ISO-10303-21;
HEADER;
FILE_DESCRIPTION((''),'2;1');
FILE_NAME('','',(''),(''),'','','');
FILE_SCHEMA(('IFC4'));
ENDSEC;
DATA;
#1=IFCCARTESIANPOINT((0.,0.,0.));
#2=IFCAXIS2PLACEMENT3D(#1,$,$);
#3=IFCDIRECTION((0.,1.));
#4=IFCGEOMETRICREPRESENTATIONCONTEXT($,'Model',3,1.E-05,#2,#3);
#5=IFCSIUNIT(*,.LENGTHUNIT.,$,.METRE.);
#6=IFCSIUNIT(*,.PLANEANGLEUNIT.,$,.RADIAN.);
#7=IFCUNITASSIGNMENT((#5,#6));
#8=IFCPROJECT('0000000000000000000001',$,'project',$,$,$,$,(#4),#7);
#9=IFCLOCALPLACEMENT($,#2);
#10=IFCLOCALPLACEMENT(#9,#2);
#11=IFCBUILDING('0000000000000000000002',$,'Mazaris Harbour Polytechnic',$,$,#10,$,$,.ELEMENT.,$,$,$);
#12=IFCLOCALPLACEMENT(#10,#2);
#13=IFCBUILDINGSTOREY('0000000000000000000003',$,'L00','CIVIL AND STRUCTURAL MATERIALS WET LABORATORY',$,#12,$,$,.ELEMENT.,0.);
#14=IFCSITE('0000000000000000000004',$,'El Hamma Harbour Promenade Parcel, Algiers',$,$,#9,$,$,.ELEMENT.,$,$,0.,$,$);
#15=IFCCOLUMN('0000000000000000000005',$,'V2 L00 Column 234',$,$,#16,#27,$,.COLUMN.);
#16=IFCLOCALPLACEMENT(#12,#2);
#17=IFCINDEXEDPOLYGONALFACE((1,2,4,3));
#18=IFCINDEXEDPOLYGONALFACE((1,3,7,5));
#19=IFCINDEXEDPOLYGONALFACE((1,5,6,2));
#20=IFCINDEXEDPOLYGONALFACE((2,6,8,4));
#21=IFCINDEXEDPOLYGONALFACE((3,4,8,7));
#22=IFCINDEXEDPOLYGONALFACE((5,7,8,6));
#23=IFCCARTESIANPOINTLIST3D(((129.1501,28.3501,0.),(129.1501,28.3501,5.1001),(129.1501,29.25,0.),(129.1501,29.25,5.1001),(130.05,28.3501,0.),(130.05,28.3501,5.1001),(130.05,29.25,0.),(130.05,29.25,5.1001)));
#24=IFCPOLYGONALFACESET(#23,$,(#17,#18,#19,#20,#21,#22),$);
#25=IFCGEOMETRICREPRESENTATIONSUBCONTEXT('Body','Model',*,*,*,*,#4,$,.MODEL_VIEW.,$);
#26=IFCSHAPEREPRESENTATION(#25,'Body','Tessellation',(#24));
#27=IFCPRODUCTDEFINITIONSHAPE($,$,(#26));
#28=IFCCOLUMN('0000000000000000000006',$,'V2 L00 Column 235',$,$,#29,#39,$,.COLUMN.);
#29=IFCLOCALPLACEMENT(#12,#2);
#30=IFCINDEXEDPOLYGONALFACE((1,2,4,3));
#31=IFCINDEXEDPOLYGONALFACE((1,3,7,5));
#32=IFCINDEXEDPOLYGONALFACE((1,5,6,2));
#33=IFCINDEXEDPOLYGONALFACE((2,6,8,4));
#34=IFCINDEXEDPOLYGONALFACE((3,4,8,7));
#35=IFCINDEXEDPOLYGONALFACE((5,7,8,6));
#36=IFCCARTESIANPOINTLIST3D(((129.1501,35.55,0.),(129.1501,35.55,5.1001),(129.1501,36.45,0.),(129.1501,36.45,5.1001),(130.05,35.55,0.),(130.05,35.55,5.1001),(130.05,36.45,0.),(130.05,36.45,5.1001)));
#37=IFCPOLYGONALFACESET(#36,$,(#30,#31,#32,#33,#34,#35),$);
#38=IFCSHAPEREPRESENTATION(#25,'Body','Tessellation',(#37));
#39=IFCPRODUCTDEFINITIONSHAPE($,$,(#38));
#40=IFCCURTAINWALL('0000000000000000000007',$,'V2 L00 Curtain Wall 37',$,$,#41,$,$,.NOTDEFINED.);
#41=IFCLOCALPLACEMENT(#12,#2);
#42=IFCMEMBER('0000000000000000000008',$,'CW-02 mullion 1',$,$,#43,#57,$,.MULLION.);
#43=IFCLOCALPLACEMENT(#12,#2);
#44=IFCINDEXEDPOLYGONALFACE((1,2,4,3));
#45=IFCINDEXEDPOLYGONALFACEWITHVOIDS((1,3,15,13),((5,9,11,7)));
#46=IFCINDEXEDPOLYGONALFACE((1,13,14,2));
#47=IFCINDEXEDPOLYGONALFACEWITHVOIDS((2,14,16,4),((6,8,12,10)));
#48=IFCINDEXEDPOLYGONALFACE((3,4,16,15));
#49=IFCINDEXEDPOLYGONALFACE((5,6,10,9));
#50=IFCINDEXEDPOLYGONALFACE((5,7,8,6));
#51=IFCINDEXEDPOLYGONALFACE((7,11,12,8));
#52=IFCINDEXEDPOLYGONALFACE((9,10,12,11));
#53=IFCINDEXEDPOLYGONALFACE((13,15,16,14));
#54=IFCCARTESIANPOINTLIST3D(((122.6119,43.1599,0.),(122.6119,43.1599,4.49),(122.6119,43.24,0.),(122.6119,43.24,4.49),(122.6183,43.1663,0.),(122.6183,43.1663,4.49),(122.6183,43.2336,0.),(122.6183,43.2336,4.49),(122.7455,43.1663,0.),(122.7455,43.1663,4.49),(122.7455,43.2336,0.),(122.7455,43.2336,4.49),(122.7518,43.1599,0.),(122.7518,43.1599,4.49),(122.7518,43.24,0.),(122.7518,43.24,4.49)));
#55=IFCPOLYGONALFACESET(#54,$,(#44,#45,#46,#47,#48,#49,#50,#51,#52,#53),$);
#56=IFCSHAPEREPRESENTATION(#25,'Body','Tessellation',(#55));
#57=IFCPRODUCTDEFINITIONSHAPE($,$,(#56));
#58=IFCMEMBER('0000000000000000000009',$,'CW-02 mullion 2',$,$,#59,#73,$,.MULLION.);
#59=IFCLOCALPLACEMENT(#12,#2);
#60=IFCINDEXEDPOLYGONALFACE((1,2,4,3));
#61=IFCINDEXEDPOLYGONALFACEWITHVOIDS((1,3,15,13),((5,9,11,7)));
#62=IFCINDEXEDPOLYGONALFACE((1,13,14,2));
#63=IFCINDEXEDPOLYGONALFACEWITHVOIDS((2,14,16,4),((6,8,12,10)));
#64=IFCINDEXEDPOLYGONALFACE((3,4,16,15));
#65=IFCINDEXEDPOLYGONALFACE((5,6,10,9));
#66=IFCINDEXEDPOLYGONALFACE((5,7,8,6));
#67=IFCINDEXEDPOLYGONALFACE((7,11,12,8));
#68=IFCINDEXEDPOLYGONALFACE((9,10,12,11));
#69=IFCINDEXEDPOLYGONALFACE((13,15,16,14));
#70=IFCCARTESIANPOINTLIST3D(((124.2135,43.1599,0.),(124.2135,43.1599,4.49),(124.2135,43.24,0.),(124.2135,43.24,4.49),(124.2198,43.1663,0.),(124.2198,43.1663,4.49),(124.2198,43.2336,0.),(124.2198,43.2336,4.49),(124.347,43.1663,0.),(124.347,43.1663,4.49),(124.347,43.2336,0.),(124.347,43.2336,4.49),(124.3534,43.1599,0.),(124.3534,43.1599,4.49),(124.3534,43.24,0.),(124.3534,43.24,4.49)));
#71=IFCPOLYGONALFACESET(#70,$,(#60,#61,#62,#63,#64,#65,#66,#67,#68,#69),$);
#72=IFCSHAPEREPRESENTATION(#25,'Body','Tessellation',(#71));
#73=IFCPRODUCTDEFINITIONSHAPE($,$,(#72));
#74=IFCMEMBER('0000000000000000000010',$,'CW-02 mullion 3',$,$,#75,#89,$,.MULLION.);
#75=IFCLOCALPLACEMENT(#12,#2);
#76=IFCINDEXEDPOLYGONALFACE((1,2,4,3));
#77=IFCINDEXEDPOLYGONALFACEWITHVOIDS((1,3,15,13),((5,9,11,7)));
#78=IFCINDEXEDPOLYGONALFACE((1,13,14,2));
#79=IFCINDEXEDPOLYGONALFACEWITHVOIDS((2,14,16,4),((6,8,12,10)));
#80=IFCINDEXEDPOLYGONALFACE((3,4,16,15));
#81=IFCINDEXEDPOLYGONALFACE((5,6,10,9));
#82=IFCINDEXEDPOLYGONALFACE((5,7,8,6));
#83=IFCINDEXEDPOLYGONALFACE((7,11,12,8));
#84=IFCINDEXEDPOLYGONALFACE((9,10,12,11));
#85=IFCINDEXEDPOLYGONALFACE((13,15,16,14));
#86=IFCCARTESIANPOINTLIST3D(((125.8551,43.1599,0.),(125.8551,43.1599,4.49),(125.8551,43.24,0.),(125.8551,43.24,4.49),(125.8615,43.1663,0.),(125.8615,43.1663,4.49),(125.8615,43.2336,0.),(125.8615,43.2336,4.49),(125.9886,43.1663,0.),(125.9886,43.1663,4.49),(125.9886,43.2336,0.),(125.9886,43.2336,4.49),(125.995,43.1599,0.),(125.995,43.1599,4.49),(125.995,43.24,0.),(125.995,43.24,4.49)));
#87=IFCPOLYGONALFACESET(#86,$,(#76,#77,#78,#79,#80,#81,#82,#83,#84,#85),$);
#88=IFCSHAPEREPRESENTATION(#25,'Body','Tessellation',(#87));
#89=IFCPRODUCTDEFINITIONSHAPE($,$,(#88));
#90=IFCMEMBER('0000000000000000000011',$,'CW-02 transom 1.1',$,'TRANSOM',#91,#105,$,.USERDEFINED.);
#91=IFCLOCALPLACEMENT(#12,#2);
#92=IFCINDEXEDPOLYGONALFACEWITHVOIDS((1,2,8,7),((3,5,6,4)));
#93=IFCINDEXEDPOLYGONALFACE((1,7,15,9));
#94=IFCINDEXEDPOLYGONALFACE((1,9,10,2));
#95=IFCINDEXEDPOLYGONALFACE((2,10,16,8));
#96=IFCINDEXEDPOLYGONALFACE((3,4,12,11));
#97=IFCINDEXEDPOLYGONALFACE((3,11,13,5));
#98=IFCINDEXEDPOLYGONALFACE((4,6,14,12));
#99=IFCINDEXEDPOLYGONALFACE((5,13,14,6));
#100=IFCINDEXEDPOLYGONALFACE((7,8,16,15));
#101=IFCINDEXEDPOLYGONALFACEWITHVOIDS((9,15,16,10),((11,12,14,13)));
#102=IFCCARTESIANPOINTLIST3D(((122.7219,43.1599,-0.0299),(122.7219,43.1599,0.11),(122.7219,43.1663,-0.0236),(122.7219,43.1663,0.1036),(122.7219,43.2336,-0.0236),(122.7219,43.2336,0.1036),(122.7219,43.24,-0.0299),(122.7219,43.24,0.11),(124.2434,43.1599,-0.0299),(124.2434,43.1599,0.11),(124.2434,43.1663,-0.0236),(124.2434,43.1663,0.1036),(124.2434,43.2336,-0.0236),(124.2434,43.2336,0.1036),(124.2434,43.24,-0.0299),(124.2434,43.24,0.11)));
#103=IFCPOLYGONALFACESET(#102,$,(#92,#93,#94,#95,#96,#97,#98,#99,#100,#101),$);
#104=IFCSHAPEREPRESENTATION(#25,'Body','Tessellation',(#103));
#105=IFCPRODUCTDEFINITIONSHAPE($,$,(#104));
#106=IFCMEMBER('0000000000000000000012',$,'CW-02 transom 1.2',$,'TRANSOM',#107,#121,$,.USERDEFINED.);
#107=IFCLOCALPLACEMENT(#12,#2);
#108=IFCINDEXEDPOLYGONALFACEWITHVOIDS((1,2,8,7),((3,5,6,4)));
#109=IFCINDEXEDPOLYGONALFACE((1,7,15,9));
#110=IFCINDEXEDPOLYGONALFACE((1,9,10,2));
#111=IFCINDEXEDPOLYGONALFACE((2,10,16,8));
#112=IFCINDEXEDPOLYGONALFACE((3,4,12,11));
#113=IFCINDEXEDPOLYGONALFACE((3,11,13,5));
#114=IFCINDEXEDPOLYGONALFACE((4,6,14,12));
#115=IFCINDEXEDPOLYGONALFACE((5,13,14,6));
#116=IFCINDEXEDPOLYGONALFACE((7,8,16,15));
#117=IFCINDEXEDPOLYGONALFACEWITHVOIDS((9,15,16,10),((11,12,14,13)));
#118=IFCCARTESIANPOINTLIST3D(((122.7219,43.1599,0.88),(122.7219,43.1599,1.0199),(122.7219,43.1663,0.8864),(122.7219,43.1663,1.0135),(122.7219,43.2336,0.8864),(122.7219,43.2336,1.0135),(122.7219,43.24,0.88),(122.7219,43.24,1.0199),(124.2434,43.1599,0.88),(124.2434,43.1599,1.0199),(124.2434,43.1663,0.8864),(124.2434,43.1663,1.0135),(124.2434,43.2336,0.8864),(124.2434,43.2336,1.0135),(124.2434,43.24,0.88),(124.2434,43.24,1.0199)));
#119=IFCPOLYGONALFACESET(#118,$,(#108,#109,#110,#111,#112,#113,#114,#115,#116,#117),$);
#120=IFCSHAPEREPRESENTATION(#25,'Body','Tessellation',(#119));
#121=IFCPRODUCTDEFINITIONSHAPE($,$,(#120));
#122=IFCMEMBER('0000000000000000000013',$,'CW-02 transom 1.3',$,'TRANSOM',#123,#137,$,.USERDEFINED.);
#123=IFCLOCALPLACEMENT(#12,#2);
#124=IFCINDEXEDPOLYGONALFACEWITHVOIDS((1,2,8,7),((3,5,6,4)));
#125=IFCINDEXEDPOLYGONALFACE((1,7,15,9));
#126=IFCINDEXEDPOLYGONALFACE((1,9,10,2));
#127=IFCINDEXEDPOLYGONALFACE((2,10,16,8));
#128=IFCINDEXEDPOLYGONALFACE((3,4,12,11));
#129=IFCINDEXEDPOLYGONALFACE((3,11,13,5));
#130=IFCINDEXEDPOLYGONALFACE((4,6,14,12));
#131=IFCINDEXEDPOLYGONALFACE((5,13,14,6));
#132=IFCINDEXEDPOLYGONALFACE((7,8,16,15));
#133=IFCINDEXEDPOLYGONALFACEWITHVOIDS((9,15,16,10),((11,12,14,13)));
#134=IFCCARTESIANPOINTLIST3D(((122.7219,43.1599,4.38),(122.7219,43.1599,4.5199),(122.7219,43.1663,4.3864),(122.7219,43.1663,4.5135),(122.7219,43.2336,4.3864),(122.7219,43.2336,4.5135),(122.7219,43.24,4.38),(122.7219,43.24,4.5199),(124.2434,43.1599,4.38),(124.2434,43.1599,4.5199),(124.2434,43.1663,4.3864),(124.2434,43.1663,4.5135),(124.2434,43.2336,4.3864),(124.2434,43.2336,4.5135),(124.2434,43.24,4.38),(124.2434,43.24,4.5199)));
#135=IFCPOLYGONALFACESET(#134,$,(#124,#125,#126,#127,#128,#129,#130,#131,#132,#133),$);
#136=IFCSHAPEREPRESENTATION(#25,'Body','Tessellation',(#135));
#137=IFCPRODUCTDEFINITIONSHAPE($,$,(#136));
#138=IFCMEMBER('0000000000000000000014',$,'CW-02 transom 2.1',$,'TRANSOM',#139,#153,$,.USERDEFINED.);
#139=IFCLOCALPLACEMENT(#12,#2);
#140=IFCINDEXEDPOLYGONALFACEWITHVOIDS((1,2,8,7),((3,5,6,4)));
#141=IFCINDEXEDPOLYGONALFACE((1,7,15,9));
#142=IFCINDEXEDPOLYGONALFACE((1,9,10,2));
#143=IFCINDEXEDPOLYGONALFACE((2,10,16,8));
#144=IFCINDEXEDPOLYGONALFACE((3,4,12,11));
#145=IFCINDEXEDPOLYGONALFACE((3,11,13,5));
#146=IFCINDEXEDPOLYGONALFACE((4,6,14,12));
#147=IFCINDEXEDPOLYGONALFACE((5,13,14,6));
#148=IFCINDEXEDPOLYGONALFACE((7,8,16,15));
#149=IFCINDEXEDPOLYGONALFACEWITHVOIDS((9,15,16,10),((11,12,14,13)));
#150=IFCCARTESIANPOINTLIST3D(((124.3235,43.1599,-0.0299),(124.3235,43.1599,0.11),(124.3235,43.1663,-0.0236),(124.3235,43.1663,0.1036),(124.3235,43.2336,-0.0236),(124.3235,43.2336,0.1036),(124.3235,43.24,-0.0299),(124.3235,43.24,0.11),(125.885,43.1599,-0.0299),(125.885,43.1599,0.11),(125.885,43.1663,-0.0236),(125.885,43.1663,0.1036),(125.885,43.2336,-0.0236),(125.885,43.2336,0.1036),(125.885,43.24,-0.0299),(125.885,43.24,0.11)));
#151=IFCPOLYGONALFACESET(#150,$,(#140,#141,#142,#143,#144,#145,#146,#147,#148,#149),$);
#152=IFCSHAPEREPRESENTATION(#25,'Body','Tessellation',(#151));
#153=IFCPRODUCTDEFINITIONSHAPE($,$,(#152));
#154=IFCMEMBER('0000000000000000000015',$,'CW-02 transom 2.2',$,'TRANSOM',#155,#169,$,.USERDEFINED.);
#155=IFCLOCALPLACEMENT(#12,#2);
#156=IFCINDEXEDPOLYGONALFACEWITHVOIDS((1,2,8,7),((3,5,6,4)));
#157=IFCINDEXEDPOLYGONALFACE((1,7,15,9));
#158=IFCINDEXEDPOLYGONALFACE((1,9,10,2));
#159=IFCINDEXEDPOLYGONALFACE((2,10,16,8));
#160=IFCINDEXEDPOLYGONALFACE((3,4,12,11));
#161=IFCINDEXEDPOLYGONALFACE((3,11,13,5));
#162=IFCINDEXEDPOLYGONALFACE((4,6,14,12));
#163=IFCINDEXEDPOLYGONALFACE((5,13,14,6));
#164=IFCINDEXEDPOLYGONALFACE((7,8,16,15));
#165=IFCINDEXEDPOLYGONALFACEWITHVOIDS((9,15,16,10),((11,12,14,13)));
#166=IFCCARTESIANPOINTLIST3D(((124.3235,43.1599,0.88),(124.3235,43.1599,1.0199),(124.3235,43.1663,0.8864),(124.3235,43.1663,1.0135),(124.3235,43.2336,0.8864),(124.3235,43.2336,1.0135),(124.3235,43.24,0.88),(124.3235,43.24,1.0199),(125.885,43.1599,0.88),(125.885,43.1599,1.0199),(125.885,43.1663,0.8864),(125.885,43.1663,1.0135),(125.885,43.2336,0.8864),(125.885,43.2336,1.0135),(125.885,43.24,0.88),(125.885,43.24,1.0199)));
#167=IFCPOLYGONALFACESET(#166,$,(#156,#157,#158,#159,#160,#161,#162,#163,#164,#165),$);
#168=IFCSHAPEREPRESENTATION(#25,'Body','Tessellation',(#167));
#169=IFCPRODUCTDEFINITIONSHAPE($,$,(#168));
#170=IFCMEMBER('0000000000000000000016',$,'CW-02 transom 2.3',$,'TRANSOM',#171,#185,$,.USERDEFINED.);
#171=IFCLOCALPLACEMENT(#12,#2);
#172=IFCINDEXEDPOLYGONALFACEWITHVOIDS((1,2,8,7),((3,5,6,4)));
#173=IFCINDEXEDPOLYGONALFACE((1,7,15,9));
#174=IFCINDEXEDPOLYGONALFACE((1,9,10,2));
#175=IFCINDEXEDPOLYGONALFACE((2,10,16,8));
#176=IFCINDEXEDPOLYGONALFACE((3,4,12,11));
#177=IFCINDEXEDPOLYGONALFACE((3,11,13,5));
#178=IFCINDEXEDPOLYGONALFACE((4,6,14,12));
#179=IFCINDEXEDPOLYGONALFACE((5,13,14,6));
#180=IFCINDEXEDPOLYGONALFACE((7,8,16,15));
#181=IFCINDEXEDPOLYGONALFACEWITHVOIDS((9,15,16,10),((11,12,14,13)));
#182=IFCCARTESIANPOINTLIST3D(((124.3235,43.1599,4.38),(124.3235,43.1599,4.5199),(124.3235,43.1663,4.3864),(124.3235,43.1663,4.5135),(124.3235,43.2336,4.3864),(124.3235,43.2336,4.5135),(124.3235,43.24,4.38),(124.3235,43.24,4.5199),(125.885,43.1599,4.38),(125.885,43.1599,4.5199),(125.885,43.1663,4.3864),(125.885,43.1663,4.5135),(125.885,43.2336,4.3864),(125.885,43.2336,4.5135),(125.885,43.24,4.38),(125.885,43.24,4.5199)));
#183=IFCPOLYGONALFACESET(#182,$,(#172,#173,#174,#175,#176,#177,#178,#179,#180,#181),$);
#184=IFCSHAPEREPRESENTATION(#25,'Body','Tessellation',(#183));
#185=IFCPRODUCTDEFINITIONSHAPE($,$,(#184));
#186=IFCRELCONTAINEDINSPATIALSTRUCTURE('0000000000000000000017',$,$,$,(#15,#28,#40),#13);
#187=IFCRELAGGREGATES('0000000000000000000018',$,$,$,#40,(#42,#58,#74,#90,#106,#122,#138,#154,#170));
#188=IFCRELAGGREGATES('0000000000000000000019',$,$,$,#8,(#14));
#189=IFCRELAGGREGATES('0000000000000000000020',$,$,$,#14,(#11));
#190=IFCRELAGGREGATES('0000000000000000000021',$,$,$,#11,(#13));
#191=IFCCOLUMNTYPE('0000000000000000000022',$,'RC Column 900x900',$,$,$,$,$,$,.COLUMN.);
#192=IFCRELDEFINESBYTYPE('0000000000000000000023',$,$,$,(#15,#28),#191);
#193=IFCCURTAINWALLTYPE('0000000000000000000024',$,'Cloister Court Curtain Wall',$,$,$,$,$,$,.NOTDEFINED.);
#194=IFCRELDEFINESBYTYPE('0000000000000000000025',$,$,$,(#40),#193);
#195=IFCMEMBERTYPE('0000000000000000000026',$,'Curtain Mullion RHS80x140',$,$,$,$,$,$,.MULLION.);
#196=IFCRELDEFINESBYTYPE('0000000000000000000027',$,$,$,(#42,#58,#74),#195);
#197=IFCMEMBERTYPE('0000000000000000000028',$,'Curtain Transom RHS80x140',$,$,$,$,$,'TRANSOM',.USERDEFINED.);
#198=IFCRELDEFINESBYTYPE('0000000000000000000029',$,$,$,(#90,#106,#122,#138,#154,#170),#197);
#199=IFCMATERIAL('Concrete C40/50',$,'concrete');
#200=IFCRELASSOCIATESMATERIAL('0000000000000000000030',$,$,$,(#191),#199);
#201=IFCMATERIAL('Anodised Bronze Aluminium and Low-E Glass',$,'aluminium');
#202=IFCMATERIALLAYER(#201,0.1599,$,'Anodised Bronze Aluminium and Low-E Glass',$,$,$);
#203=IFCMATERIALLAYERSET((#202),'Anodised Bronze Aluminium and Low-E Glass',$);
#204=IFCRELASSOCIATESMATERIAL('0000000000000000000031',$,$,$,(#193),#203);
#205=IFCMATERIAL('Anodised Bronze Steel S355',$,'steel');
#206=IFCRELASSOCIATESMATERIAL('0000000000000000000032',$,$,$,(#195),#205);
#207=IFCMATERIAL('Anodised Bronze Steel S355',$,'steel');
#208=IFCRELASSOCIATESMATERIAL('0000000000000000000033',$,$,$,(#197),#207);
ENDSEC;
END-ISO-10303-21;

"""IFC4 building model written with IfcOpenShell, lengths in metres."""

from ifc_helpers import new_model, si_unit, direction, frame, origin, origin_2d, place, context, subcontext, project, spatial, rectangle, hollow_rectangle, extrude, material, layer, layer_set, material_profile, profile_set, type_object, element, aggregate, save


model = new_model("IFC4")

# Units and contexts
model_context = context("Model", 3, precision=1e-05, world=origin(), true_north=direction((0.0, 1.0)))
body_context = subcontext(model_context, "Body", "Model", "MODEL_VIEW")
ifc_project = project(units=[si_unit("LENGTHUNIT", "METRE"), si_unit("PLANEANGLEUNIT", "RADIAN")], contexts=[model_context])

# Site, building, storey
site_placement = place(None, origin())
site = spatial("IfcSite", under=ifc_project, at=site_placement, Name="El Hamma Harbour Promenade Parcel, Algiers", CompositionType="ELEMENT", RefElevation=0.0)
building_placement = place(site_placement, origin())
building = spatial("IfcBuilding", under=site, at=building_placement, Name="Mazaris Harbour Polytechnic", CompositionType="ELEMENT")
storey_placement = place(building_placement, origin())
storey = spatial("IfcBuildingStorey", under=building, at=storey_placement, Name="L00", Description="CIVIL AND STRUCTURAL MATERIALS WET LABORATORY", CompositionType="ELEMENT", Elevation=0.0)

# Columns
ifc_material_1 = material(Name="Concrete C40/50", Category="concrete")
ifc_material_profile_1 = material_profile(ifc_material_1, rectangle(XDim=0.8999, YDim=0.8999, at=origin_2d()), Name="RECT900x900")
ifc_profile_set_1 = profile_set([ifc_material_profile_1], Name="Concrete C40/50")
column_type = type_object("IfcColumnType", Name="RC Column 900x900", PredefinedType="COLUMN", material=ifc_profile_set_1)
for number, where, z_axis, x_axis, name in (
    (1, (129.6001, 28.8, 0.0), (0.0, 0.0, 1.0), (1.0, 0.0, 0.0), "V2 L00 Column 234"),
    (2, (129.6001, 36.0, 0.0), (0.0, 0.0, 1.0), (1.0, 0.0, 0.0), "V2 L00 Column 235"),
):
    element("IfcColumn", number, at=place(storey_placement, frame(where, z_axis=z_axis, x_axis=x_axis)), inside=storey, type_object=column_type, Name=name, PredefinedType="COLUMN", context=body_context, shape_type="SweptSolid", body=[
        extrude(rectangle(XDim=0.8999, YDim=0.8999, at=origin_2d()), origin(), (0.0, 0.0, 1.0), 5.1001),
    ])

# Curtain wall, members
ifc_material_2 = material(Name="Anodised Bronze Aluminium and Low-E Glass", Category="aluminium")
ifc_layer_1 = layer(ifc_material_2, 0.1599, Name="Anodised Bronze Aluminium and Low-E Glass")
ifc_layer_set_1 = layer_set([ifc_layer_1], Name="Anodised Bronze Aluminium and Low-E Glass")
curtain_wall_type = type_object("IfcCurtainWallType", Name="Cloister Court Curtain Wall", PredefinedType="NOTDEFINED", material=ifc_layer_set_1)
curtain_wall_placement = place(storey_placement, origin())
curtain_wall = element("IfcCurtainWall", 3, at=curtain_wall_placement, inside=storey, type_object=curtain_wall_type, Name="V2 L00 Curtain Wall 37", PredefinedType="NOTDEFINED")
ifc_material_3 = material(Name="Anodised Bronze Steel S355", Category="steel")
ifc_material_profile_2 = material_profile(ifc_material_3, hollow_rectangle(XDim=0.0801, YDim=0.1399, WallThickness=0.0063, at=origin_2d()), Name="RHS 80x140x6.3")
ifc_profile_set_2 = profile_set([ifc_material_profile_2], Name="Anodised Bronze Steel S355")
member_type_1 = type_object("IfcMemberType", Name="Curtain Mullion RHS80x140", PredefinedType="MULLION", material=ifc_profile_set_2)
member_1_placement = place(storey_placement, frame((122.6819, 43.2, 0.0), z_axis=(0.0, 0.0, 1.0), x_axis=(0.0, 1.0, 0.0)))
member_1 = element("IfcMember", 4, at=member_1_placement, type_object=member_type_1, Name="CW-02 mullion 1", PredefinedType="MULLION", context=body_context, shape_type="SweptSolid", body=[
    extrude(hollow_rectangle(XDim=0.0801, YDim=0.1399, WallThickness=0.0063, at=origin_2d()), origin(), (0.0, 0.0, 1.0), 4.49),
])
member_2_placement = place(storey_placement, frame((124.2834, 43.2, 0.0), z_axis=(0.0, 0.0, 1.0), x_axis=(0.0, 1.0, 0.0)))
member_2 = element("IfcMember", 5, at=member_2_placement, type_object=member_type_1, Name="CW-02 mullion 2", PredefinedType="MULLION", context=body_context, shape_type="SweptSolid", body=[
    extrude(hollow_rectangle(XDim=0.0801, YDim=0.1399, WallThickness=0.0063, at=origin_2d()), origin(), (0.0, 0.0, 1.0), 4.49),
])
member_3_placement = place(storey_placement, frame((125.925, 43.2, 0.0), z_axis=(0.0, 0.0, 1.0), x_axis=(0.0, 1.0, 0.0)))
member_3 = element("IfcMember", 6, at=member_3_placement, type_object=member_type_1, Name="CW-02 mullion 3", PredefinedType="MULLION", context=body_context, shape_type="SweptSolid", body=[
    extrude(hollow_rectangle(XDim=0.0801, YDim=0.1399, WallThickness=0.0063, at=origin_2d()), origin(), (0.0, 0.0, 1.0), 4.49),
])
ifc_material_4 = material(Name="Anodised Bronze Steel S355", Category="steel")
ifc_material_profile_3 = material_profile(ifc_material_4, hollow_rectangle(XDim=0.0801, YDim=0.1399, WallThickness=0.0063, at=origin_2d()), Name="RHS 80x140x6.3")
ifc_profile_set_3 = profile_set([ifc_material_profile_3], Name="Anodised Bronze Steel S355")
member_type_2 = type_object("IfcMemberType", Name="Curtain Transom RHS80x140", ElementType="TRANSOM", PredefinedType="USERDEFINED", material=ifc_profile_set_3)
member_4_placement = place(storey_placement, frame((122.7219, 43.2, 0.04), z_axis=(1.0, 0.0, 0.0), x_axis=(0.0, 1.0, 0.0)))
member_4 = element("IfcMember", 7, at=member_4_placement, type_object=member_type_2, Name="CW-02 transom 1.1", ObjectType="TRANSOM", PredefinedType="USERDEFINED", context=body_context, shape_type="SweptSolid", body=[
    extrude(hollow_rectangle(XDim=0.0801, YDim=0.1399, WallThickness=0.0063, at=origin_2d()), origin(), (0.0, 0.0, 1.0), 1.5215),
])
member_5_placement = place(storey_placement, frame((122.7219, 43.2, 0.95), z_axis=(1.0, 0.0, 0.0), x_axis=(0.0, 1.0, 0.0)))
member_5 = element("IfcMember", 8, at=member_5_placement, type_object=member_type_2, Name="CW-02 transom 1.2", ObjectType="TRANSOM", PredefinedType="USERDEFINED", context=body_context, shape_type="SweptSolid", body=[
    extrude(hollow_rectangle(XDim=0.0801, YDim=0.1399, WallThickness=0.0063, at=origin_2d()), origin(), (0.0, 0.0, 1.0), 1.5215),
])
member_6_placement = place(storey_placement, frame((122.7219, 43.2, 4.45), z_axis=(1.0, 0.0, 0.0), x_axis=(0.0, 1.0, 0.0)))
member_6 = element("IfcMember", 9, at=member_6_placement, type_object=member_type_2, Name="CW-02 transom 1.3", ObjectType="TRANSOM", PredefinedType="USERDEFINED", context=body_context, shape_type="SweptSolid", body=[
    extrude(hollow_rectangle(XDim=0.0801, YDim=0.1399, WallThickness=0.0063, at=origin_2d()), origin(), (0.0, 0.0, 1.0), 1.5215),
])
member_7_placement = place(storey_placement, frame((124.3235, 43.2, 0.04), z_axis=(1.0, 0.0, 0.0), x_axis=(0.0, 1.0, 0.0)))
member_7 = element("IfcMember", 10, at=member_7_placement, type_object=member_type_2, Name="CW-02 transom 2.1", ObjectType="TRANSOM", PredefinedType="USERDEFINED", context=body_context, shape_type="SweptSolid", body=[
    extrude(hollow_rectangle(XDim=0.0801, YDim=0.1399, WallThickness=0.0063, at=origin_2d()), origin(), (0.0, 0.0, 1.0), 1.5615),
])
member_8_placement = place(storey_placement, frame((124.3235, 43.2, 0.95), z_axis=(1.0, 0.0, 0.0), x_axis=(0.0, 1.0, 0.0)))
member_8 = element("IfcMember", 11, at=member_8_placement, type_object=member_type_2, Name="CW-02 transom 2.2", ObjectType="TRANSOM", PredefinedType="USERDEFINED", context=body_context, shape_type="SweptSolid", body=[
    extrude(hollow_rectangle(XDim=0.0801, YDim=0.1399, WallThickness=0.0063, at=origin_2d()), origin(), (0.0, 0.0, 1.0), 1.5615),
])
member_9_placement = place(storey_placement, frame((124.3235, 43.2, 4.45), z_axis=(1.0, 0.0, 0.0), x_axis=(0.0, 1.0, 0.0)))
member_9 = element("IfcMember", 12, at=member_9_placement, type_object=member_type_2, Name="CW-02 transom 2.3", ObjectType="TRANSOM", PredefinedType="USERDEFINED", context=body_context, shape_type="SweptSolid", body=[
    extrude(hollow_rectangle(XDim=0.0801, YDim=0.1399, WallThickness=0.0063, at=origin_2d()), origin(), (0.0, 0.0, 1.0), 1.5615),
])

aggregate(curtain_wall, [member_1, member_2, member_3, member_4, member_5, member_6, member_7, member_8, member_9])

save(model, "model.ifc")
